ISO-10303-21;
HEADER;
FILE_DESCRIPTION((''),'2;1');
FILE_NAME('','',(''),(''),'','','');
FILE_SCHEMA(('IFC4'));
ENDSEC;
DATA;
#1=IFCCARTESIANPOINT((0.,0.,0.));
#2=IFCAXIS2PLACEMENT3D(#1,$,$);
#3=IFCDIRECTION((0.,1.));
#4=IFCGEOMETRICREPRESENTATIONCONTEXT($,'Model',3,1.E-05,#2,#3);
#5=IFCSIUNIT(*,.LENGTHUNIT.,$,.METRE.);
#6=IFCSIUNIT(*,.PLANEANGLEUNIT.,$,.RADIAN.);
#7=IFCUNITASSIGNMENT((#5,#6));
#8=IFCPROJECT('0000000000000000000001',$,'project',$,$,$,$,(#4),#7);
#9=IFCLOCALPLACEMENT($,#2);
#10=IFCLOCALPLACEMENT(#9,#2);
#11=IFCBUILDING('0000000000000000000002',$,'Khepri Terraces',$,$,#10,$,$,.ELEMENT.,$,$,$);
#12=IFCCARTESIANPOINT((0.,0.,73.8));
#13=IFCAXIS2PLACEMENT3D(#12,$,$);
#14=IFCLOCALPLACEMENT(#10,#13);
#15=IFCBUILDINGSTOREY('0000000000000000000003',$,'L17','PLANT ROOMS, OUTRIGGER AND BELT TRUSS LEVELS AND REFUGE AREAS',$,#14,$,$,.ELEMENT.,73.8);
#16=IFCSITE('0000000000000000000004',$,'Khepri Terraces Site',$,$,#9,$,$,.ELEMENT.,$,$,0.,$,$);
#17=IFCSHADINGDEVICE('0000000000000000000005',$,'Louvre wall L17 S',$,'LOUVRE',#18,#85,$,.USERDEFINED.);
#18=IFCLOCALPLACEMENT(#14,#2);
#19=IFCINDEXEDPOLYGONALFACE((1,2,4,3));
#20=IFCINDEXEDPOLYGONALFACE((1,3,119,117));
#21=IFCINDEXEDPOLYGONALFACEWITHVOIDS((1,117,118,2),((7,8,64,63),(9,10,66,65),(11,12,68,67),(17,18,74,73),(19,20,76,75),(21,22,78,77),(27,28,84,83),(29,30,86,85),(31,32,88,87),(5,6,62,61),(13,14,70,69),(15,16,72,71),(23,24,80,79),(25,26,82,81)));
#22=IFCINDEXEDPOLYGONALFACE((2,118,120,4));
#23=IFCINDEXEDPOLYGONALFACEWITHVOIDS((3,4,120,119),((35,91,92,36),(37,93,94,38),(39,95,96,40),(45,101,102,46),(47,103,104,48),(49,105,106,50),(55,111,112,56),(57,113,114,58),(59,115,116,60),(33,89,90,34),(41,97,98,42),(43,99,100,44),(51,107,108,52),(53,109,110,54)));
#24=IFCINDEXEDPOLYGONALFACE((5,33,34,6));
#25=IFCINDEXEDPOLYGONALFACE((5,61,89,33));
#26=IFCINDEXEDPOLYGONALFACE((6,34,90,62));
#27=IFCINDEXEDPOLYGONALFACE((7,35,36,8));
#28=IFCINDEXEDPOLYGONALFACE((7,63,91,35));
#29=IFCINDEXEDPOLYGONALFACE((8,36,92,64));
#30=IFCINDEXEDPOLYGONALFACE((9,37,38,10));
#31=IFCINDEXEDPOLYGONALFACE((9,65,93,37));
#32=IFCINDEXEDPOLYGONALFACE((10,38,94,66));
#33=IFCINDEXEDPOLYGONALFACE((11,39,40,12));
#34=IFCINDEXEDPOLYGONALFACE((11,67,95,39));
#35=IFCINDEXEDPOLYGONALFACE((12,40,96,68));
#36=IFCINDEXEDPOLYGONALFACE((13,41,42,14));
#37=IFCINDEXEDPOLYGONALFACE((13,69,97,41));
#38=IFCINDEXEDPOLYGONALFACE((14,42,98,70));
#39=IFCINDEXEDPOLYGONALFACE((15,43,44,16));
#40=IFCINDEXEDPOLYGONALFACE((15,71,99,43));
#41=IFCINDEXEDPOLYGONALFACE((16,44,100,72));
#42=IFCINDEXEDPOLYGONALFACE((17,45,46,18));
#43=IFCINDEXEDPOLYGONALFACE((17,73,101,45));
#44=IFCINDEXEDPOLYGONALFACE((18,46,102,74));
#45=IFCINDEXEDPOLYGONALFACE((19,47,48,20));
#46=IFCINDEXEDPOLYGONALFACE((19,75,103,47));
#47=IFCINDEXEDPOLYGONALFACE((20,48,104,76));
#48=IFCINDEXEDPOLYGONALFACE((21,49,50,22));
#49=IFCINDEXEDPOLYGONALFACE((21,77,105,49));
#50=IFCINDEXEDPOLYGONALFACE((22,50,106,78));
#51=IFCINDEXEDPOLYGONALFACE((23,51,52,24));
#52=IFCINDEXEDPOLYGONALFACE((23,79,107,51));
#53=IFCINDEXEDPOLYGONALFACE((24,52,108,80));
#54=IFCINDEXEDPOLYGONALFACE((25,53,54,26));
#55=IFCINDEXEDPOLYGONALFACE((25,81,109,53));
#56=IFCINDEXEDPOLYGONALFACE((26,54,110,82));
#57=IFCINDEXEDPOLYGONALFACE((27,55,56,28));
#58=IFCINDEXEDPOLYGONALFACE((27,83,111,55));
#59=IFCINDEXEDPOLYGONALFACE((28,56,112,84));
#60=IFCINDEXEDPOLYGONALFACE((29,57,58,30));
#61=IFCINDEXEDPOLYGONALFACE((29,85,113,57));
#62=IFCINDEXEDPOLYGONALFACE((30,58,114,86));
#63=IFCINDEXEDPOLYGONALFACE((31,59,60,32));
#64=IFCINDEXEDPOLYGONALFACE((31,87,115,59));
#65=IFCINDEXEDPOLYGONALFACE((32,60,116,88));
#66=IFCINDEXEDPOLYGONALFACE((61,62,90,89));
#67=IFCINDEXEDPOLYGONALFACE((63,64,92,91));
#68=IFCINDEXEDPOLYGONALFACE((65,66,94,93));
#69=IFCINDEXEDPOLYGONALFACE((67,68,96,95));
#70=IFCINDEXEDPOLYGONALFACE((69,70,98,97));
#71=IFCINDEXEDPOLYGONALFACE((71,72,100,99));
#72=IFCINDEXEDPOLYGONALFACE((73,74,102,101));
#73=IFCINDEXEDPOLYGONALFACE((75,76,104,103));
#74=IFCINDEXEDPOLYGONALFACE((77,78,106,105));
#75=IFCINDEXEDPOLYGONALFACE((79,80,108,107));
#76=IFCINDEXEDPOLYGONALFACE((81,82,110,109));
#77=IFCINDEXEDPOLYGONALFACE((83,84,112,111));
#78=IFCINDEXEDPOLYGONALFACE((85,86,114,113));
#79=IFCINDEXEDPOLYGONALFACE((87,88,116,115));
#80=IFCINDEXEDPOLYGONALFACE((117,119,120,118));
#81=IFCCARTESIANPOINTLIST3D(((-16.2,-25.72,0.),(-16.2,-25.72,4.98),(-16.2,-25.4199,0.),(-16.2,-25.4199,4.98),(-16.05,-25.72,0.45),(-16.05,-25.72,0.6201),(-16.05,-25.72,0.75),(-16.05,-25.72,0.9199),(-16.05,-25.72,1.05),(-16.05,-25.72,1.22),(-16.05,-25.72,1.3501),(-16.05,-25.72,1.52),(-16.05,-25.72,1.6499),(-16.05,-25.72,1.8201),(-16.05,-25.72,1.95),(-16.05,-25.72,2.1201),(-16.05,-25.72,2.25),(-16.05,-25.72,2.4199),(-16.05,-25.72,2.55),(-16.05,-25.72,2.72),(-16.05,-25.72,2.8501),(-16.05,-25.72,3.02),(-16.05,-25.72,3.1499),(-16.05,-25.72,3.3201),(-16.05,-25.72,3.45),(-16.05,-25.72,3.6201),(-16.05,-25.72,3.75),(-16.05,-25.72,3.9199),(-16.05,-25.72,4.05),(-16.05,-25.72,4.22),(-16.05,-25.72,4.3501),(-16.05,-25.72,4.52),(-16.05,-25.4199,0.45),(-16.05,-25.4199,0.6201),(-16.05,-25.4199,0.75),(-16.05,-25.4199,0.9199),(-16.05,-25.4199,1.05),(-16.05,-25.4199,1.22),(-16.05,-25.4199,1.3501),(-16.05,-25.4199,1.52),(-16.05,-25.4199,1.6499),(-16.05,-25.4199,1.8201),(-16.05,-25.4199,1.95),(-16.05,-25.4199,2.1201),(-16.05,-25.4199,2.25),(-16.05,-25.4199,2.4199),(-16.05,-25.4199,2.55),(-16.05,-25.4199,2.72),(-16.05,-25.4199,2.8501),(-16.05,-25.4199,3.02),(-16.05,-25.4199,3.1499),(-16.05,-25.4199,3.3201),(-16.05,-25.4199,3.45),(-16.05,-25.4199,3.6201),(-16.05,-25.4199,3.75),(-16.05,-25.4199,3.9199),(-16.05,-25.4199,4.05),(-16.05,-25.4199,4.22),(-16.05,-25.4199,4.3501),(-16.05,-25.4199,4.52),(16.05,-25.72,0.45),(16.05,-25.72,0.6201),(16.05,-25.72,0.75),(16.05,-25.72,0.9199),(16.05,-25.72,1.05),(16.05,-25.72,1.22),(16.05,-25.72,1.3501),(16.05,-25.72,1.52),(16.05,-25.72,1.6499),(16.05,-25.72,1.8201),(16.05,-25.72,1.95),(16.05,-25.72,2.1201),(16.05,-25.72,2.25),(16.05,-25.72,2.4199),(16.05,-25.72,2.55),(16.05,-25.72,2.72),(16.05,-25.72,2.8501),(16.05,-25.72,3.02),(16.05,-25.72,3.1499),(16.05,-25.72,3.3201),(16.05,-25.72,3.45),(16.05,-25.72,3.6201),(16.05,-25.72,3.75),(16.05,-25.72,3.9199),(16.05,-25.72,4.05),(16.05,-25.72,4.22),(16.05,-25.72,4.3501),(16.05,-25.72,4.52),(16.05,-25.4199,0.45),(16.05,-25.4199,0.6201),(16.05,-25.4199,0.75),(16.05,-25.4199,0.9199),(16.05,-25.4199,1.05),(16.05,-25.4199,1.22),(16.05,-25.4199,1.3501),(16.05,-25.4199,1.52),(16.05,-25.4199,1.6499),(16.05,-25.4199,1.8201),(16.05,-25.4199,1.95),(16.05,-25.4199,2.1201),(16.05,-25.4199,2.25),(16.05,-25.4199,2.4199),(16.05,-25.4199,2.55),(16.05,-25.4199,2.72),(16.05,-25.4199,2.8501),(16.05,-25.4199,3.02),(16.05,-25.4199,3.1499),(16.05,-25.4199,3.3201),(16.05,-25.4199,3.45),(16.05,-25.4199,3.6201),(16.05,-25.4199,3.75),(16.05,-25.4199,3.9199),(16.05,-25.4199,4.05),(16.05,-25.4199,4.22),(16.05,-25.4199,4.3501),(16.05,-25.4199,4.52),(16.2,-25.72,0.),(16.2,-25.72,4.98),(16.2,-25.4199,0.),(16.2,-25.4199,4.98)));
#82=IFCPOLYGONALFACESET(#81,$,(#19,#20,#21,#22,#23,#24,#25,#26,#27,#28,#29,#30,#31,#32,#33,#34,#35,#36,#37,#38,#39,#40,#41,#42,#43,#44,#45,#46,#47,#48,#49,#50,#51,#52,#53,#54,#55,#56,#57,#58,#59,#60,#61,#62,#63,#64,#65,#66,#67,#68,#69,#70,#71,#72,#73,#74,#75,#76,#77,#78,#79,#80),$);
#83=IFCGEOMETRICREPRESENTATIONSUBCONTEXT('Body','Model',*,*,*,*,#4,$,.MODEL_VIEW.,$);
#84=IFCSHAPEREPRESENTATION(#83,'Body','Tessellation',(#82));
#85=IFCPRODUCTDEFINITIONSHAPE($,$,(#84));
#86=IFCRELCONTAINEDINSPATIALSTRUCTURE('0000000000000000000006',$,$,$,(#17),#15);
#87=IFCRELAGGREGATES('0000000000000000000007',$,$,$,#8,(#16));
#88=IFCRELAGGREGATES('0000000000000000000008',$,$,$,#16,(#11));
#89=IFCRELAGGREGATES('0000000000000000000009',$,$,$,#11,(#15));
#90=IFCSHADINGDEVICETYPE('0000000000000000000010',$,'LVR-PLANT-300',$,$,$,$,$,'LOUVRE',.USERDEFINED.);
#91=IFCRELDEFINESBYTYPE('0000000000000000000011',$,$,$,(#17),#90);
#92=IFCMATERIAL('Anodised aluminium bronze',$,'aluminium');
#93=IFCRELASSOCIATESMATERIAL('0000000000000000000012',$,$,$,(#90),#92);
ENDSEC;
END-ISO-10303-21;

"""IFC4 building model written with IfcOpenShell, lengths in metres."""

from ifc_helpers import new_model, si_unit, direction, frame, origin, place, context, subcontext, project, spatial, polyline, outline, extrude, material, type_object, element, save


model = new_model("IFC4")

# Units and contexts
model_context = context("Model", 3, precision=1e-05, world=origin(), true_north=direction((0.0, 1.0)))
body_context = subcontext(model_context, "Body", "Model", "MODEL_VIEW")
ifc_project = project(units=[si_unit("LENGTHUNIT", "METRE"), si_unit("PLANEANGLEUNIT", "RADIAN")], contexts=[model_context])

# Site, building, storey
site_placement = place(None, origin())
site = spatial("IfcSite", under=ifc_project, at=site_placement, Name="Khepri Terraces Site", CompositionType="ELEMENT", RefElevation=0.0)
building_placement = place(site_placement, origin())
building = spatial("IfcBuilding", under=site, at=building_placement, Name="Khepri Terraces", CompositionType="ELEMENT")
storey_placement = place(building_placement, frame((0.0, 0.0, 73.8)))
storey = spatial("IfcBuildingStorey", under=building, at=storey_placement, Name="L17", Description="PLANT ROOMS, OUTRIGGER AND BELT TRUSS LEVELS AND REFUGE AREAS", CompositionType="ELEMENT", Elevation=73.8)

# Shading device
ifc_material_1 = material(Name="Anodised aluminium bronze", Category="aluminium")
shading_device_type = type_object("IfcShadingDeviceType", Name="LVR-PLANT-300", ElementType="LOUVRE", PredefinedType="USERDEFINED", material=ifc_material_1)
shading_device_1_placement = place(storey_placement, frame((-16.2, -25.4199, 0.0), z_axis=(0.0, -1.0, 0.0), x_axis=(1.0, 0.0, 0.0)))
element("IfcShadingDevice", 1, at=shading_device_1_placement, inside=storey, type_object=shading_device_type, Name="Louvre wall L17 S", ObjectType="LOUVRE", PredefinedType="USERDEFINED", context=body_context, shape_type="SweptSolid", body=[
    extrude(outline(polyline([(0.0, 0.0), (32.3999, 0.0), (32.3999, 4.98), (0.0, 4.98), (0.0, 0.0)]), holes=[polyline([(0.1499, 0.45), (32.25, 0.45), (32.25, 0.6201), (0.1499, 0.6201), (0.1499, 0.45)]), polyline([(0.1499, 0.75), (32.25, 0.75), (32.25, 0.9199), (0.1499, 0.9199), (0.1499, 0.75)]), polyline([(0.1499, 1.05), (32.25, 1.05), (32.25, 1.22), (0.1499, 1.22), (0.1499, 1.05)]), polyline([(0.1499, 1.3501), (32.25, 1.3501), (32.25, 1.52), (0.1499, 1.52), (0.1499, 1.3501)]), polyline([(0.1499, 1.6499), (32.25, 1.6499), (32.25, 1.8201), (0.1499, 1.8201), (0.1499, 1.6499)]), polyline([(0.1499, 1.95), (32.25, 1.95), (32.25, 2.1201), (0.1499, 2.1201), (0.1499, 1.95)]), polyline([(0.1499, 2.25), (32.25, 2.25), (32.25, 2.4199), (0.1499, 2.4199), (0.1499, 2.25)]), polyline([(0.1499, 2.55), (32.25, 2.55), (32.25, 2.72), (0.1499, 2.72), (0.1499, 2.55)]), polyline([(0.1499, 2.8501), (32.25, 2.8501), (32.25, 3.02), (0.1499, 3.02), (0.1499, 2.8501)]), polyline([(0.1499, 3.1499), (32.25, 3.1499), (32.25, 3.3201), (0.1499, 3.3201), (0.1499, 3.1499)]), polyline([(0.1499, 3.45), (32.25, 3.45), (32.25, 3.6201), (0.1499, 3.6201), (0.1499, 3.45)]), polyline([(0.1499, 3.75), (32.25, 3.75), (32.25, 3.9199), (0.1499, 3.9199), (0.1499, 3.75)]), polyline([(0.1499, 4.05), (32.25, 4.05), (32.25, 4.22), (0.1499, 4.22), (0.1499, 4.05)]), polyline([(0.1499, 4.3501), (32.25, 4.3501), (32.25, 4.52), (0.1499, 4.52), (0.1499, 4.3501)])]), origin(), (0.0, 0.0, 1.0), 0.3),
])

save(model, "model.ifc")
